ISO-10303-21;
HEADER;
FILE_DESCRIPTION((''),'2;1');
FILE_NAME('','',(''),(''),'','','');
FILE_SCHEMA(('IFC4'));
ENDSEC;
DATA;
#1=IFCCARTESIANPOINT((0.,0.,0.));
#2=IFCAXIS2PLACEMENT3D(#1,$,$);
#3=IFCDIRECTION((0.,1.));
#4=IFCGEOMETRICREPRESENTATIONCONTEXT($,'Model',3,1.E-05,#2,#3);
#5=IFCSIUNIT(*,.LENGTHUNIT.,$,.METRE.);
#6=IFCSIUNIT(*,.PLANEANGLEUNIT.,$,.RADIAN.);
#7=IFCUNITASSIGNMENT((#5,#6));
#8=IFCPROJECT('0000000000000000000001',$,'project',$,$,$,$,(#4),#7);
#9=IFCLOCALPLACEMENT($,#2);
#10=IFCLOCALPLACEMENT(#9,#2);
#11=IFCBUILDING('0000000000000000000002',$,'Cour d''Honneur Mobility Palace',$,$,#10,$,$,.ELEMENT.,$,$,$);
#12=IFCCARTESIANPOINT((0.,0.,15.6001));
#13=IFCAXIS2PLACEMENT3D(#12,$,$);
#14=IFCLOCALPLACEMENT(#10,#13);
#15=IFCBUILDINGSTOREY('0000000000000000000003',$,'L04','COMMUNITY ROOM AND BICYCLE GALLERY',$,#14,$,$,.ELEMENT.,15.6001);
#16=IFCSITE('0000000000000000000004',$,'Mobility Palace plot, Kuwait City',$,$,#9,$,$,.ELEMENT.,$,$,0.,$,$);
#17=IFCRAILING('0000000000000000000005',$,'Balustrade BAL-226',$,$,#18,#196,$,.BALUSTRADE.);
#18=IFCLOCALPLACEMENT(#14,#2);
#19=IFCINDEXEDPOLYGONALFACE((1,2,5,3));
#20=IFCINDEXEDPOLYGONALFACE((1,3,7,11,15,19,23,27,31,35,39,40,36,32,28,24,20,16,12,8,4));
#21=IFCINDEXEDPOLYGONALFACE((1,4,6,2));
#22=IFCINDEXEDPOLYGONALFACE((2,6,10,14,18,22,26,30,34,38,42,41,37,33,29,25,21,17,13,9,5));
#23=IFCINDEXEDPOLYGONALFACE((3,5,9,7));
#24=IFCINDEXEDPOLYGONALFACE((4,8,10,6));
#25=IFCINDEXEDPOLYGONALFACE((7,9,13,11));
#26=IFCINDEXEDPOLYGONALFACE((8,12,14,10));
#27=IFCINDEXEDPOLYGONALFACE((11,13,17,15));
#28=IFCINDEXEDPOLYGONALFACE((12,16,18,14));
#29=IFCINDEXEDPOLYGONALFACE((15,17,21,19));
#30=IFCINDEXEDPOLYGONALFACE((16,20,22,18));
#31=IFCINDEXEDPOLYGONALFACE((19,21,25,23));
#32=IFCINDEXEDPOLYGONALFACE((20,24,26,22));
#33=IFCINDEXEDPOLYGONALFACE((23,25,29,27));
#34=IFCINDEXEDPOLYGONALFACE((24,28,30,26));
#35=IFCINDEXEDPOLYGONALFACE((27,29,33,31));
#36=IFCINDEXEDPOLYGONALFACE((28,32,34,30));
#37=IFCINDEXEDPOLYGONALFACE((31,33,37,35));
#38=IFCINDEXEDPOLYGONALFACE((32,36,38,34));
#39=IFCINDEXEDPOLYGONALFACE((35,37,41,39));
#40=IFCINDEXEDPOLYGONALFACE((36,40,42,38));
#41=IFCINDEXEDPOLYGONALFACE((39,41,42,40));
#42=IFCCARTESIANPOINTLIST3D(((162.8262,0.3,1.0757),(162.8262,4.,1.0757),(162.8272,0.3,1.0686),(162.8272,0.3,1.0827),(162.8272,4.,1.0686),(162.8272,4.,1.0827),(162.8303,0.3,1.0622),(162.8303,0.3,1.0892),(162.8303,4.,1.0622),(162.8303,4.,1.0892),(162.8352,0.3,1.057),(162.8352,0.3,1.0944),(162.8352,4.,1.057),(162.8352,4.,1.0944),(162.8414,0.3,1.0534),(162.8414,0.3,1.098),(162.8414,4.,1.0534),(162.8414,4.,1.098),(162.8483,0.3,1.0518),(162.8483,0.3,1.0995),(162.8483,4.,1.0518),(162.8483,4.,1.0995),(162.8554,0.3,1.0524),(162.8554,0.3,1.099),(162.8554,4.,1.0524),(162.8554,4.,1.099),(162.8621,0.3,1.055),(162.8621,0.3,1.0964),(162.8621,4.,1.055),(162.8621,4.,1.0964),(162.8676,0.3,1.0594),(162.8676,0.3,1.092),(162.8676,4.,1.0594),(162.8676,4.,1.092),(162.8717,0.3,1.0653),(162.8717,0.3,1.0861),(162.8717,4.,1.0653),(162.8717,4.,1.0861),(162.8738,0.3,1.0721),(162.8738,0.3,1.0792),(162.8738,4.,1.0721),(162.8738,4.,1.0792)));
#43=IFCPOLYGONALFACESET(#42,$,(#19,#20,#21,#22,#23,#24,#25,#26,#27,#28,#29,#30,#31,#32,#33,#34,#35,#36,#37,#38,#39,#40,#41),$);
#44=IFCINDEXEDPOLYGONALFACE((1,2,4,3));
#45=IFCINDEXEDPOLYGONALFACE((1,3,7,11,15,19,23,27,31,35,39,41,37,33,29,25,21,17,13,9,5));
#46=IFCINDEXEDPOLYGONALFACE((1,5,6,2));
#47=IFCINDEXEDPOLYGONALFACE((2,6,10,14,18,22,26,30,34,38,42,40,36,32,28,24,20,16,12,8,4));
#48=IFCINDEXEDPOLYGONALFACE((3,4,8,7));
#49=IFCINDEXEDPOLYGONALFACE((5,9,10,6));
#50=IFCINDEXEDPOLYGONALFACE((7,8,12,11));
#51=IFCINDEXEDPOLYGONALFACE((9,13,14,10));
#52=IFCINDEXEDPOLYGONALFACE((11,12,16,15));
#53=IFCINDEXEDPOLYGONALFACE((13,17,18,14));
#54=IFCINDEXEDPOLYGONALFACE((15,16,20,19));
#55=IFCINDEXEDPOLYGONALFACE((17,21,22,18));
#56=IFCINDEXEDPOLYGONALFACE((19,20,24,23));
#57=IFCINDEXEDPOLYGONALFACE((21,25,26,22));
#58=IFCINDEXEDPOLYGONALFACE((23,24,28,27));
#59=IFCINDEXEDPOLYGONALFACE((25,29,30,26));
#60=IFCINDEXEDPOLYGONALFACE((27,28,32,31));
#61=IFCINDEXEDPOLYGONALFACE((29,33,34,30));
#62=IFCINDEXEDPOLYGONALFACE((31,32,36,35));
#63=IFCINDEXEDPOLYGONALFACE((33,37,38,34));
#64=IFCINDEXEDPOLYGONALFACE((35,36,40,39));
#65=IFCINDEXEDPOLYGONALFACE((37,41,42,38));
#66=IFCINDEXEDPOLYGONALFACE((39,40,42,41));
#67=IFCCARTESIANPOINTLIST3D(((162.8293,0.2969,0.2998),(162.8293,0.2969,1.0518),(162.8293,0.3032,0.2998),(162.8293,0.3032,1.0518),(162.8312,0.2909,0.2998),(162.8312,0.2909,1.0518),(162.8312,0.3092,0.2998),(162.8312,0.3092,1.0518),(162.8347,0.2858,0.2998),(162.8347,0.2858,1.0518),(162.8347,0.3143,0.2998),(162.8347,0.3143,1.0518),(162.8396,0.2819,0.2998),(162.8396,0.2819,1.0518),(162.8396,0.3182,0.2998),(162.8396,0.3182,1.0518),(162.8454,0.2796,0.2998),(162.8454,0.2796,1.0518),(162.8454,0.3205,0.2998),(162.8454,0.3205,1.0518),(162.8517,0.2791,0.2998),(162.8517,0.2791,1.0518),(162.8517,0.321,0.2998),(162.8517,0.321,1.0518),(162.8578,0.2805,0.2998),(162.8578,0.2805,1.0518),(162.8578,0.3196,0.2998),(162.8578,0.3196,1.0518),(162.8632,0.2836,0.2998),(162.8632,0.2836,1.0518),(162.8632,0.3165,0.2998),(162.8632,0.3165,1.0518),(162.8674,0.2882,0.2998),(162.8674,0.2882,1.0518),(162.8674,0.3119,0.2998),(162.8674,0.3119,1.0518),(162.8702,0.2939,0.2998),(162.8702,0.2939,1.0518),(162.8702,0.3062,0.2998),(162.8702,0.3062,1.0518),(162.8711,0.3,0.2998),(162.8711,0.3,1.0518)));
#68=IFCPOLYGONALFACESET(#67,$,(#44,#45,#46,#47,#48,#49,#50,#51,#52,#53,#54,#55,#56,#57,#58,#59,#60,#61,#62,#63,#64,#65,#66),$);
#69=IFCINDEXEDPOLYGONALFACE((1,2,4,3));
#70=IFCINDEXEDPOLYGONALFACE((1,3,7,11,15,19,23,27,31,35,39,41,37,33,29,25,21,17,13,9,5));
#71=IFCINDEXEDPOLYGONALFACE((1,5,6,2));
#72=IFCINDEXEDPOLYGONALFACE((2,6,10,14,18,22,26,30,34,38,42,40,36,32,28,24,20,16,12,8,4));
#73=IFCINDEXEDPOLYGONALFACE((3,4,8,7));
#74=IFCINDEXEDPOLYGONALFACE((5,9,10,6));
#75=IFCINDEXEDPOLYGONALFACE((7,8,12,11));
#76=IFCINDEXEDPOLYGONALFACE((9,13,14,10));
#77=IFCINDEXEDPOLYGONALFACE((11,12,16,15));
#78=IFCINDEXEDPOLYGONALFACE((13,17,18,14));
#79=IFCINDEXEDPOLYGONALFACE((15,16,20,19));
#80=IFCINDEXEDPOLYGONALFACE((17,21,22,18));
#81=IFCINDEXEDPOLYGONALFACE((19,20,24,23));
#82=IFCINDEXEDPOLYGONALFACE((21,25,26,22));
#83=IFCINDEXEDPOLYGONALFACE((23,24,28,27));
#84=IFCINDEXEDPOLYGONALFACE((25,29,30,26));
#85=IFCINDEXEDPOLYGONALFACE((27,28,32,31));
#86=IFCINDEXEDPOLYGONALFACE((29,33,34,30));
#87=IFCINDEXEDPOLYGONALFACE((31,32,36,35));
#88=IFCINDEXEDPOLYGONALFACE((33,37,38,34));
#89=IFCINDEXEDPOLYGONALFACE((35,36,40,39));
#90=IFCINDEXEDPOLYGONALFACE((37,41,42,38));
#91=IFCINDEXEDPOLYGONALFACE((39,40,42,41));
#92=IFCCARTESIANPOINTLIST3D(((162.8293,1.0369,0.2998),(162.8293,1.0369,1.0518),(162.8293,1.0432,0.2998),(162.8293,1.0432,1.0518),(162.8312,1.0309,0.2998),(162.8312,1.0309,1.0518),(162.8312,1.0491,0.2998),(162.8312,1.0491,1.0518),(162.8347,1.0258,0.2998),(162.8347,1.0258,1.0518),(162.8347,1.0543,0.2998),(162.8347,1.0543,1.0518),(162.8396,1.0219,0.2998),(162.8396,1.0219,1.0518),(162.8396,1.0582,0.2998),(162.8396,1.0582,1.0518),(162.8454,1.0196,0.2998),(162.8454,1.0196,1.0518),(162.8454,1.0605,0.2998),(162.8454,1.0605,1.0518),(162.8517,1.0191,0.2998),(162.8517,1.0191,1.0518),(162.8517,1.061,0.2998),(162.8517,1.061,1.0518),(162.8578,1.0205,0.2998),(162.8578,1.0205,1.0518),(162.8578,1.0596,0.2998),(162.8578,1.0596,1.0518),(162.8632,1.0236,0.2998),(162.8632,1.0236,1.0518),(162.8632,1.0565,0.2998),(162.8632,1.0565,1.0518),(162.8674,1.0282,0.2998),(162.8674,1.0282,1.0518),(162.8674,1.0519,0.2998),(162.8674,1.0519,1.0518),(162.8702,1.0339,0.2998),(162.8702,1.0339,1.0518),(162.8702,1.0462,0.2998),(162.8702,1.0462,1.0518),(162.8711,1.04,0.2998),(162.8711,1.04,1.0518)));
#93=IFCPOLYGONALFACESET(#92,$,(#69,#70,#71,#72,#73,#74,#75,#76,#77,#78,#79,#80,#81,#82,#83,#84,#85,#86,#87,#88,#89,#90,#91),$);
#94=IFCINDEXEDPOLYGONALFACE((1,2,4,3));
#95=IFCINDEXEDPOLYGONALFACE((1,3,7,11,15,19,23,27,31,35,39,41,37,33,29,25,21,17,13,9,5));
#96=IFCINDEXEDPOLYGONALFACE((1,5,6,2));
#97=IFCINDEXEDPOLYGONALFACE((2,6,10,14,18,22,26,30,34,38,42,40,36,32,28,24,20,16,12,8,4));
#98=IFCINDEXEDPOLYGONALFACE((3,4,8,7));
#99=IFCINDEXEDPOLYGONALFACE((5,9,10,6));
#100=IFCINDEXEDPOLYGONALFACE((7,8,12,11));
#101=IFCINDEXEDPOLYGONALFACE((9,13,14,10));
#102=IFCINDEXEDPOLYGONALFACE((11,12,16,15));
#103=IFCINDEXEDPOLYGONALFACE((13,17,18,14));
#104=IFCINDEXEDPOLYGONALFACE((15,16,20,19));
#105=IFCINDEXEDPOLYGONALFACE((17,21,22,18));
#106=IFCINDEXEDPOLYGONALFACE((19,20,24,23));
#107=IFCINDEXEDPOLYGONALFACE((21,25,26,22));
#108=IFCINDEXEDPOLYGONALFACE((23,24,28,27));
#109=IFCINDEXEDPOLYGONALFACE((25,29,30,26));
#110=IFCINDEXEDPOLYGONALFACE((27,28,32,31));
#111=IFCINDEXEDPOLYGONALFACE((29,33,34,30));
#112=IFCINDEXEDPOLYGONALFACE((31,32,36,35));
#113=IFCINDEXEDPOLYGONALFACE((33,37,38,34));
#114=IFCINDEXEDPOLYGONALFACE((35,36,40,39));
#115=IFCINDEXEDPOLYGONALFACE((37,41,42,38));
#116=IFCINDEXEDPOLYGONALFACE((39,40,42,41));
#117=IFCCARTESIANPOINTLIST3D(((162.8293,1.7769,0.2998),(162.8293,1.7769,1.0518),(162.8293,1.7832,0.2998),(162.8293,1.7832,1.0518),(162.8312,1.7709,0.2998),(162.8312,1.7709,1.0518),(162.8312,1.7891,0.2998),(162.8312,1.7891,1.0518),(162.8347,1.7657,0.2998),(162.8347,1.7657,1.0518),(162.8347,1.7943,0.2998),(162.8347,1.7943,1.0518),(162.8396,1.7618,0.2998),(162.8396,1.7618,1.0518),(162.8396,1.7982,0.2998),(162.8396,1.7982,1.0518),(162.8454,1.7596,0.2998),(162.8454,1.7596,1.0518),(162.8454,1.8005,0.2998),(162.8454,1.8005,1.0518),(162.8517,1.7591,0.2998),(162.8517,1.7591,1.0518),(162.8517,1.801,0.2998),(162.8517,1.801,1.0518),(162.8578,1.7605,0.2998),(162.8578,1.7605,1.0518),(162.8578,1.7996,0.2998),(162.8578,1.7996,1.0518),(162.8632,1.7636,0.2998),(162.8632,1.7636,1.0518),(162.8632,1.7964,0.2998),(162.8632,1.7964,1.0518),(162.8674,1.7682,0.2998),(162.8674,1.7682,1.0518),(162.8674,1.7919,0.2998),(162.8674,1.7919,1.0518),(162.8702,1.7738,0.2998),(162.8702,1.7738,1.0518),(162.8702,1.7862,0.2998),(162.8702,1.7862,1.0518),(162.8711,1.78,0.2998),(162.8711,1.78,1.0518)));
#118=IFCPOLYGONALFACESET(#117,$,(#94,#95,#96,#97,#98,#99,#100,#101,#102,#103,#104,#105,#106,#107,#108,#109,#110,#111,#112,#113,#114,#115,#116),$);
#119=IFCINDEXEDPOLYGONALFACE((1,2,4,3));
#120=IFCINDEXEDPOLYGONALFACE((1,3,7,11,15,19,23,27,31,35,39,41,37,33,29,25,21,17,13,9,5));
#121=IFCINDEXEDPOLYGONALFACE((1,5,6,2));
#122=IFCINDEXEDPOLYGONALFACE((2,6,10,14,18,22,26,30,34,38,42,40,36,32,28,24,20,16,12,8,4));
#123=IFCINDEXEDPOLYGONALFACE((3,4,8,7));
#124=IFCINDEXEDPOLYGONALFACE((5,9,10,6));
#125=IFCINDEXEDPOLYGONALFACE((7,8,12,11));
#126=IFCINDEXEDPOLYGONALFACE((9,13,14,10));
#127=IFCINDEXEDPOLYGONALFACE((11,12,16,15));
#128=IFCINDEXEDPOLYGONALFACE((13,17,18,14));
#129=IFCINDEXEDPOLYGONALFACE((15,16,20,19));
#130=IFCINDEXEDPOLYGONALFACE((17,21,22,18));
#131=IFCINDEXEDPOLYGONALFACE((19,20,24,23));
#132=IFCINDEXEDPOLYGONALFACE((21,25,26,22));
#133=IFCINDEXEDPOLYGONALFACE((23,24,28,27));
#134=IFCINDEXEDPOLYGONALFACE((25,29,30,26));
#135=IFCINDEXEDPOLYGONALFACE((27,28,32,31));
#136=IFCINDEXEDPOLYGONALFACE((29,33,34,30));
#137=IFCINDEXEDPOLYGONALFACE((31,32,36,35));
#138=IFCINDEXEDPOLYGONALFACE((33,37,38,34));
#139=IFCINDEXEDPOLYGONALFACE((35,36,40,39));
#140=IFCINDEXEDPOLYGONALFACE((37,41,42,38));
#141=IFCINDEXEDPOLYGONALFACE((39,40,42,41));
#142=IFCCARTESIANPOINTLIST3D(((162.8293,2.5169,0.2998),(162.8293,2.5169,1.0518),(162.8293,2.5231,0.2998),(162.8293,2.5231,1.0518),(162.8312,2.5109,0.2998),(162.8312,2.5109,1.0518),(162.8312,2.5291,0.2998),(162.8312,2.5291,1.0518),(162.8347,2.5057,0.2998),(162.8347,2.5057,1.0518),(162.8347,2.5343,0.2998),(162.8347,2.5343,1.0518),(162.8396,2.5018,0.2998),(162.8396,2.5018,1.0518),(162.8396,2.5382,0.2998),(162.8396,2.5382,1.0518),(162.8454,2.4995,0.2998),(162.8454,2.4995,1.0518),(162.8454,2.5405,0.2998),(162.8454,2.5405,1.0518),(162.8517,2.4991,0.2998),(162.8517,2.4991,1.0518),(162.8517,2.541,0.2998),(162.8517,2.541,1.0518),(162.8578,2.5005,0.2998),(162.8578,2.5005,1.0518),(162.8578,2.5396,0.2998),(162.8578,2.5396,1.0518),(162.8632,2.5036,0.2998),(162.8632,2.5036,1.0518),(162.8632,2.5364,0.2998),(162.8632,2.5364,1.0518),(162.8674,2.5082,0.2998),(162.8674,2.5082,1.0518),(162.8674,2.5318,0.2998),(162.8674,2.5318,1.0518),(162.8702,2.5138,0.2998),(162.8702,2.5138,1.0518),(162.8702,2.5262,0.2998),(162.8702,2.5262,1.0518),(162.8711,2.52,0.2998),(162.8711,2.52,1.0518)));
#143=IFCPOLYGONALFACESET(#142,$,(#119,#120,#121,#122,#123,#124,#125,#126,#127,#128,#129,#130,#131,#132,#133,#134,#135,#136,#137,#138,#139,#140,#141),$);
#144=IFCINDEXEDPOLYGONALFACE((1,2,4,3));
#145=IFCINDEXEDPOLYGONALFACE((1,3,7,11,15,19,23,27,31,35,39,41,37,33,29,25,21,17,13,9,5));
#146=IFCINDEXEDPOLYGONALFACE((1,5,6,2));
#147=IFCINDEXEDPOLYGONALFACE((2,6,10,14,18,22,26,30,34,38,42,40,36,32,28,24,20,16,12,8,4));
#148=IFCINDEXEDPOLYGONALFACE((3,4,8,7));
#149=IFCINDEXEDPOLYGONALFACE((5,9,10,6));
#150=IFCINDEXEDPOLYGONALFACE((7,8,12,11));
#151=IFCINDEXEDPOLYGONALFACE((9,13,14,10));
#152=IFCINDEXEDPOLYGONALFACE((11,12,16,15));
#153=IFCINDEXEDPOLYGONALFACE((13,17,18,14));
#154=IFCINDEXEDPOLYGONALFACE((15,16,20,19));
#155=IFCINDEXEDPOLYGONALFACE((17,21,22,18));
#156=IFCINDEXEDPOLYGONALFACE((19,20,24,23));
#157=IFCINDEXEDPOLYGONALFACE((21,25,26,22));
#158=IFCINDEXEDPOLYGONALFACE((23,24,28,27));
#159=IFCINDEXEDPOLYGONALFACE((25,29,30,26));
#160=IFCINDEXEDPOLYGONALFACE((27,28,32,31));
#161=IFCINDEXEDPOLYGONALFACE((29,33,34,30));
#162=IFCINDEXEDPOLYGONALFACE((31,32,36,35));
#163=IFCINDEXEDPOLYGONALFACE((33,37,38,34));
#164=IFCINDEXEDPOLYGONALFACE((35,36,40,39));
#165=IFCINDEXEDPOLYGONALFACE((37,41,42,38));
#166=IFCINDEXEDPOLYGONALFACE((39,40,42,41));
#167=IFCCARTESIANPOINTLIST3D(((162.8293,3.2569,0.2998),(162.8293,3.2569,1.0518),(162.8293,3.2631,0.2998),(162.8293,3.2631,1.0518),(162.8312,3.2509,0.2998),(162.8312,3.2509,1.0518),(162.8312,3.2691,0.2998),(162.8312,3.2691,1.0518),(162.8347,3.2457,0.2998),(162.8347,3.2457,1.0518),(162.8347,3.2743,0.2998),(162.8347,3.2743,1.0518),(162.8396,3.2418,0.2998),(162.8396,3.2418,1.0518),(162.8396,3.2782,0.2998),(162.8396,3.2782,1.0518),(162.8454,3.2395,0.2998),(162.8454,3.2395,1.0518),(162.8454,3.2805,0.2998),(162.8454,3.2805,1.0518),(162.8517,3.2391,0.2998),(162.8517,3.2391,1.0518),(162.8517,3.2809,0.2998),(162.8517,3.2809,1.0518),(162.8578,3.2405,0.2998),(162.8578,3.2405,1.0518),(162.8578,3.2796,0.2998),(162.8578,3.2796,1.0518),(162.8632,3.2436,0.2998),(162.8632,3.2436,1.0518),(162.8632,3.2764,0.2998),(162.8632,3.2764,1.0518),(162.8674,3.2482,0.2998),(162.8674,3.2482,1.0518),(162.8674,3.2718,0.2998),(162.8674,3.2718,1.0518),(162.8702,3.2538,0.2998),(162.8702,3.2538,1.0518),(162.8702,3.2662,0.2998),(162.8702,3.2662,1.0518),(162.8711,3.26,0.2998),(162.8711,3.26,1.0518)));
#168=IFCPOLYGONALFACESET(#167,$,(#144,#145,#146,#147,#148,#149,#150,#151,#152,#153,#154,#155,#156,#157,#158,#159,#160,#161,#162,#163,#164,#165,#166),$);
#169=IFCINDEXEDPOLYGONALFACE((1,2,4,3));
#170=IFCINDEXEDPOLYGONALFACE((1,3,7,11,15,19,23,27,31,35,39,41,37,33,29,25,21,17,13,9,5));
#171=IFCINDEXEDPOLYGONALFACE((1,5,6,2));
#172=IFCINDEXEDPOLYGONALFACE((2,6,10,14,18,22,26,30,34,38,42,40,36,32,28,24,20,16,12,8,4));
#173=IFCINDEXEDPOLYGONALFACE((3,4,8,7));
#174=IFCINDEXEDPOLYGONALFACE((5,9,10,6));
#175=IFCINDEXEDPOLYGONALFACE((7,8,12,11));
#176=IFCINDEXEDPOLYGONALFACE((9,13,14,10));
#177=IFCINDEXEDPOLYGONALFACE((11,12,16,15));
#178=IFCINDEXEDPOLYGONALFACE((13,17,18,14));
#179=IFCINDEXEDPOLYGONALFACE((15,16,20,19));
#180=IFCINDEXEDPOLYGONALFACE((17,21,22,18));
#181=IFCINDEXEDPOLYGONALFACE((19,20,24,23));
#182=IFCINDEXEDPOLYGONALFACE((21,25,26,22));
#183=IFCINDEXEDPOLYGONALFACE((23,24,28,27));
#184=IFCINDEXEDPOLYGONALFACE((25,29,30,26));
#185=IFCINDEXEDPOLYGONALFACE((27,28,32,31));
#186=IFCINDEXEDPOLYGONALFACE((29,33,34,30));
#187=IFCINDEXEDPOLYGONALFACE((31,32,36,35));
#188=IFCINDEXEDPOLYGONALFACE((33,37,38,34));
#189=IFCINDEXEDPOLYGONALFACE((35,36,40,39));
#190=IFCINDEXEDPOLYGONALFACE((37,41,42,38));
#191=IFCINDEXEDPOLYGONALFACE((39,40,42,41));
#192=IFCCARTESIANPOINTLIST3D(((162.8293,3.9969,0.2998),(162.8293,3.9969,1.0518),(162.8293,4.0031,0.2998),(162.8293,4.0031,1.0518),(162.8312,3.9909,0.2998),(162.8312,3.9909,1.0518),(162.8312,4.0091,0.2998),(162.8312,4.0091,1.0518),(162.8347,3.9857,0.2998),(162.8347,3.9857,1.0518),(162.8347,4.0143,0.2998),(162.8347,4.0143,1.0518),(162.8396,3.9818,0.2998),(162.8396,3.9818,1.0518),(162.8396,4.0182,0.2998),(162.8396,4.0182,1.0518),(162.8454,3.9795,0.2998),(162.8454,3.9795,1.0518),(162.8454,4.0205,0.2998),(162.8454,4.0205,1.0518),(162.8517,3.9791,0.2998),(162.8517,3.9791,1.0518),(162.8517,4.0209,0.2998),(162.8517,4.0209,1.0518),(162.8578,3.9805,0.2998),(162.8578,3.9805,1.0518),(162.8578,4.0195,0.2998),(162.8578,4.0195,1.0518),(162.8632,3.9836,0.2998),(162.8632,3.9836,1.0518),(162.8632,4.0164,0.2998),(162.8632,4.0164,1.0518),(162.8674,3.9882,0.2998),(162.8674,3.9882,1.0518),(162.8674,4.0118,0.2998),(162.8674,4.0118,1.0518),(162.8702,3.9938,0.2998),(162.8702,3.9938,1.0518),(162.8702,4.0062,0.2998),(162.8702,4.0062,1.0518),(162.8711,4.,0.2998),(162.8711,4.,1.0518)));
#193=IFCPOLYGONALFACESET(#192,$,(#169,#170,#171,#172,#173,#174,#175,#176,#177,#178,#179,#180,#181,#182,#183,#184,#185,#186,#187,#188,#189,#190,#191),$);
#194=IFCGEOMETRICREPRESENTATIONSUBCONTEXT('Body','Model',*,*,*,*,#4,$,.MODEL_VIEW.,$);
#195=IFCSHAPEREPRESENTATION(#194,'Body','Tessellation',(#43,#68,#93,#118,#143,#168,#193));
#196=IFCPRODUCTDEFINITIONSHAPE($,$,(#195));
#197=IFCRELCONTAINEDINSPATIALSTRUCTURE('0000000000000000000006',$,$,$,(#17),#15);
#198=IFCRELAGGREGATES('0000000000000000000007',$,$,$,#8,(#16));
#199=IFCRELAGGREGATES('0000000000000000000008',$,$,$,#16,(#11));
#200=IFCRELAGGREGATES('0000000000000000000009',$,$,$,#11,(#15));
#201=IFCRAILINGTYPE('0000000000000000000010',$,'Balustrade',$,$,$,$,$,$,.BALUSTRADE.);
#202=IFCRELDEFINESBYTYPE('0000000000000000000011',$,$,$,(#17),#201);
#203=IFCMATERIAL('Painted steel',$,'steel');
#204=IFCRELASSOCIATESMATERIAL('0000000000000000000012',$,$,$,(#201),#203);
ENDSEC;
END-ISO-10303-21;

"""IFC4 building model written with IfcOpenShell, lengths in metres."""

from ifc_helpers import new_model, si_unit, direction, frame, origin, origin_2d, place, context, subcontext, project, spatial, circle, extrude, material, type_object, element, save


model = new_model("IFC4")

# Units and contexts
model_context = context("Model", 3, precision=1e-05, world=origin(), true_north=direction((0.0, 1.0)))
body_context = subcontext(model_context, "Body", "Model", "MODEL_VIEW")
ifc_project = project(units=[si_unit("LENGTHUNIT", "METRE"), si_unit("PLANEANGLEUNIT", "RADIAN")], contexts=[model_context])

# Site, building, storey
site_placement = place(None, origin())
site = spatial("IfcSite", under=ifc_project, at=site_placement, Name="Mobility Palace plot, Kuwait City", CompositionType="ELEMENT", RefElevation=0.0)
building_placement = place(site_placement, origin())
building = spatial("IfcBuilding", under=site, at=building_placement, Name="Cour d'Honneur Mobility Palace", CompositionType="ELEMENT")
storey_placement = place(building_placement, frame((0.0, 0.0, 15.6001)))
storey = spatial("IfcBuildingStorey", under=building, at=storey_placement, Name="L04", Description="COMMUNITY ROOM AND BICYCLE GALLERY", CompositionType="ELEMENT", Elevation=15.6001)

# Railing
ifc_material_1 = material(Name="Painted steel", Category="steel")
railing_type_1 = type_object("IfcRailingType", Name="Balustrade", PredefinedType="BALUSTRADE", material=ifc_material_1)
railing_1_placement = place(storey_placement, frame((162.8501, 0.3, 0.2998)))
element("IfcRailing", 1, at=railing_1_placement, inside=storey, type_object=railing_type_1, Name="Balustrade BAL-226", PredefinedType="BALUSTRADE", context=body_context, shape_type="SweptSolid", body=[
    extrude(circle(Radius=0.0239, at=origin_2d()), frame((0.0, 0.0, 0.7759), z_axis=(0.0, 1.0, 0.0), x_axis=(-1.0, 0.0, 0.0)), (0.0, 0.0, 1.0), 3.7),
    extrude(circle(Radius=0.021, at=origin_2d()), origin(), (0.0, 0.0, 1.0), 0.752),
    extrude(circle(Radius=0.021, at=origin_2d()), frame((0.0, 0.74, 0.0)), (0.0, 0.0, 1.0), 0.752),
    extrude(circle(Radius=0.021, at=origin_2d()), frame((0.0, 1.48, 0.0)), (0.0, 0.0, 1.0), 0.752),
    extrude(circle(Radius=0.021, at=origin_2d()), frame((0.0, 2.22, 0.0)), (0.0, 0.0, 1.0), 0.752),
    extrude(circle(Radius=0.021, at=origin_2d()), frame((0.0, 2.96, 0.0)), (0.0, 0.0, 1.0), 0.752),
    extrude(circle(Radius=0.021, at=origin_2d()), frame((0.0, 3.7, 0.0)), (0.0, 0.0, 1.0), 0.752),
])

save(model, "model.ifc")
